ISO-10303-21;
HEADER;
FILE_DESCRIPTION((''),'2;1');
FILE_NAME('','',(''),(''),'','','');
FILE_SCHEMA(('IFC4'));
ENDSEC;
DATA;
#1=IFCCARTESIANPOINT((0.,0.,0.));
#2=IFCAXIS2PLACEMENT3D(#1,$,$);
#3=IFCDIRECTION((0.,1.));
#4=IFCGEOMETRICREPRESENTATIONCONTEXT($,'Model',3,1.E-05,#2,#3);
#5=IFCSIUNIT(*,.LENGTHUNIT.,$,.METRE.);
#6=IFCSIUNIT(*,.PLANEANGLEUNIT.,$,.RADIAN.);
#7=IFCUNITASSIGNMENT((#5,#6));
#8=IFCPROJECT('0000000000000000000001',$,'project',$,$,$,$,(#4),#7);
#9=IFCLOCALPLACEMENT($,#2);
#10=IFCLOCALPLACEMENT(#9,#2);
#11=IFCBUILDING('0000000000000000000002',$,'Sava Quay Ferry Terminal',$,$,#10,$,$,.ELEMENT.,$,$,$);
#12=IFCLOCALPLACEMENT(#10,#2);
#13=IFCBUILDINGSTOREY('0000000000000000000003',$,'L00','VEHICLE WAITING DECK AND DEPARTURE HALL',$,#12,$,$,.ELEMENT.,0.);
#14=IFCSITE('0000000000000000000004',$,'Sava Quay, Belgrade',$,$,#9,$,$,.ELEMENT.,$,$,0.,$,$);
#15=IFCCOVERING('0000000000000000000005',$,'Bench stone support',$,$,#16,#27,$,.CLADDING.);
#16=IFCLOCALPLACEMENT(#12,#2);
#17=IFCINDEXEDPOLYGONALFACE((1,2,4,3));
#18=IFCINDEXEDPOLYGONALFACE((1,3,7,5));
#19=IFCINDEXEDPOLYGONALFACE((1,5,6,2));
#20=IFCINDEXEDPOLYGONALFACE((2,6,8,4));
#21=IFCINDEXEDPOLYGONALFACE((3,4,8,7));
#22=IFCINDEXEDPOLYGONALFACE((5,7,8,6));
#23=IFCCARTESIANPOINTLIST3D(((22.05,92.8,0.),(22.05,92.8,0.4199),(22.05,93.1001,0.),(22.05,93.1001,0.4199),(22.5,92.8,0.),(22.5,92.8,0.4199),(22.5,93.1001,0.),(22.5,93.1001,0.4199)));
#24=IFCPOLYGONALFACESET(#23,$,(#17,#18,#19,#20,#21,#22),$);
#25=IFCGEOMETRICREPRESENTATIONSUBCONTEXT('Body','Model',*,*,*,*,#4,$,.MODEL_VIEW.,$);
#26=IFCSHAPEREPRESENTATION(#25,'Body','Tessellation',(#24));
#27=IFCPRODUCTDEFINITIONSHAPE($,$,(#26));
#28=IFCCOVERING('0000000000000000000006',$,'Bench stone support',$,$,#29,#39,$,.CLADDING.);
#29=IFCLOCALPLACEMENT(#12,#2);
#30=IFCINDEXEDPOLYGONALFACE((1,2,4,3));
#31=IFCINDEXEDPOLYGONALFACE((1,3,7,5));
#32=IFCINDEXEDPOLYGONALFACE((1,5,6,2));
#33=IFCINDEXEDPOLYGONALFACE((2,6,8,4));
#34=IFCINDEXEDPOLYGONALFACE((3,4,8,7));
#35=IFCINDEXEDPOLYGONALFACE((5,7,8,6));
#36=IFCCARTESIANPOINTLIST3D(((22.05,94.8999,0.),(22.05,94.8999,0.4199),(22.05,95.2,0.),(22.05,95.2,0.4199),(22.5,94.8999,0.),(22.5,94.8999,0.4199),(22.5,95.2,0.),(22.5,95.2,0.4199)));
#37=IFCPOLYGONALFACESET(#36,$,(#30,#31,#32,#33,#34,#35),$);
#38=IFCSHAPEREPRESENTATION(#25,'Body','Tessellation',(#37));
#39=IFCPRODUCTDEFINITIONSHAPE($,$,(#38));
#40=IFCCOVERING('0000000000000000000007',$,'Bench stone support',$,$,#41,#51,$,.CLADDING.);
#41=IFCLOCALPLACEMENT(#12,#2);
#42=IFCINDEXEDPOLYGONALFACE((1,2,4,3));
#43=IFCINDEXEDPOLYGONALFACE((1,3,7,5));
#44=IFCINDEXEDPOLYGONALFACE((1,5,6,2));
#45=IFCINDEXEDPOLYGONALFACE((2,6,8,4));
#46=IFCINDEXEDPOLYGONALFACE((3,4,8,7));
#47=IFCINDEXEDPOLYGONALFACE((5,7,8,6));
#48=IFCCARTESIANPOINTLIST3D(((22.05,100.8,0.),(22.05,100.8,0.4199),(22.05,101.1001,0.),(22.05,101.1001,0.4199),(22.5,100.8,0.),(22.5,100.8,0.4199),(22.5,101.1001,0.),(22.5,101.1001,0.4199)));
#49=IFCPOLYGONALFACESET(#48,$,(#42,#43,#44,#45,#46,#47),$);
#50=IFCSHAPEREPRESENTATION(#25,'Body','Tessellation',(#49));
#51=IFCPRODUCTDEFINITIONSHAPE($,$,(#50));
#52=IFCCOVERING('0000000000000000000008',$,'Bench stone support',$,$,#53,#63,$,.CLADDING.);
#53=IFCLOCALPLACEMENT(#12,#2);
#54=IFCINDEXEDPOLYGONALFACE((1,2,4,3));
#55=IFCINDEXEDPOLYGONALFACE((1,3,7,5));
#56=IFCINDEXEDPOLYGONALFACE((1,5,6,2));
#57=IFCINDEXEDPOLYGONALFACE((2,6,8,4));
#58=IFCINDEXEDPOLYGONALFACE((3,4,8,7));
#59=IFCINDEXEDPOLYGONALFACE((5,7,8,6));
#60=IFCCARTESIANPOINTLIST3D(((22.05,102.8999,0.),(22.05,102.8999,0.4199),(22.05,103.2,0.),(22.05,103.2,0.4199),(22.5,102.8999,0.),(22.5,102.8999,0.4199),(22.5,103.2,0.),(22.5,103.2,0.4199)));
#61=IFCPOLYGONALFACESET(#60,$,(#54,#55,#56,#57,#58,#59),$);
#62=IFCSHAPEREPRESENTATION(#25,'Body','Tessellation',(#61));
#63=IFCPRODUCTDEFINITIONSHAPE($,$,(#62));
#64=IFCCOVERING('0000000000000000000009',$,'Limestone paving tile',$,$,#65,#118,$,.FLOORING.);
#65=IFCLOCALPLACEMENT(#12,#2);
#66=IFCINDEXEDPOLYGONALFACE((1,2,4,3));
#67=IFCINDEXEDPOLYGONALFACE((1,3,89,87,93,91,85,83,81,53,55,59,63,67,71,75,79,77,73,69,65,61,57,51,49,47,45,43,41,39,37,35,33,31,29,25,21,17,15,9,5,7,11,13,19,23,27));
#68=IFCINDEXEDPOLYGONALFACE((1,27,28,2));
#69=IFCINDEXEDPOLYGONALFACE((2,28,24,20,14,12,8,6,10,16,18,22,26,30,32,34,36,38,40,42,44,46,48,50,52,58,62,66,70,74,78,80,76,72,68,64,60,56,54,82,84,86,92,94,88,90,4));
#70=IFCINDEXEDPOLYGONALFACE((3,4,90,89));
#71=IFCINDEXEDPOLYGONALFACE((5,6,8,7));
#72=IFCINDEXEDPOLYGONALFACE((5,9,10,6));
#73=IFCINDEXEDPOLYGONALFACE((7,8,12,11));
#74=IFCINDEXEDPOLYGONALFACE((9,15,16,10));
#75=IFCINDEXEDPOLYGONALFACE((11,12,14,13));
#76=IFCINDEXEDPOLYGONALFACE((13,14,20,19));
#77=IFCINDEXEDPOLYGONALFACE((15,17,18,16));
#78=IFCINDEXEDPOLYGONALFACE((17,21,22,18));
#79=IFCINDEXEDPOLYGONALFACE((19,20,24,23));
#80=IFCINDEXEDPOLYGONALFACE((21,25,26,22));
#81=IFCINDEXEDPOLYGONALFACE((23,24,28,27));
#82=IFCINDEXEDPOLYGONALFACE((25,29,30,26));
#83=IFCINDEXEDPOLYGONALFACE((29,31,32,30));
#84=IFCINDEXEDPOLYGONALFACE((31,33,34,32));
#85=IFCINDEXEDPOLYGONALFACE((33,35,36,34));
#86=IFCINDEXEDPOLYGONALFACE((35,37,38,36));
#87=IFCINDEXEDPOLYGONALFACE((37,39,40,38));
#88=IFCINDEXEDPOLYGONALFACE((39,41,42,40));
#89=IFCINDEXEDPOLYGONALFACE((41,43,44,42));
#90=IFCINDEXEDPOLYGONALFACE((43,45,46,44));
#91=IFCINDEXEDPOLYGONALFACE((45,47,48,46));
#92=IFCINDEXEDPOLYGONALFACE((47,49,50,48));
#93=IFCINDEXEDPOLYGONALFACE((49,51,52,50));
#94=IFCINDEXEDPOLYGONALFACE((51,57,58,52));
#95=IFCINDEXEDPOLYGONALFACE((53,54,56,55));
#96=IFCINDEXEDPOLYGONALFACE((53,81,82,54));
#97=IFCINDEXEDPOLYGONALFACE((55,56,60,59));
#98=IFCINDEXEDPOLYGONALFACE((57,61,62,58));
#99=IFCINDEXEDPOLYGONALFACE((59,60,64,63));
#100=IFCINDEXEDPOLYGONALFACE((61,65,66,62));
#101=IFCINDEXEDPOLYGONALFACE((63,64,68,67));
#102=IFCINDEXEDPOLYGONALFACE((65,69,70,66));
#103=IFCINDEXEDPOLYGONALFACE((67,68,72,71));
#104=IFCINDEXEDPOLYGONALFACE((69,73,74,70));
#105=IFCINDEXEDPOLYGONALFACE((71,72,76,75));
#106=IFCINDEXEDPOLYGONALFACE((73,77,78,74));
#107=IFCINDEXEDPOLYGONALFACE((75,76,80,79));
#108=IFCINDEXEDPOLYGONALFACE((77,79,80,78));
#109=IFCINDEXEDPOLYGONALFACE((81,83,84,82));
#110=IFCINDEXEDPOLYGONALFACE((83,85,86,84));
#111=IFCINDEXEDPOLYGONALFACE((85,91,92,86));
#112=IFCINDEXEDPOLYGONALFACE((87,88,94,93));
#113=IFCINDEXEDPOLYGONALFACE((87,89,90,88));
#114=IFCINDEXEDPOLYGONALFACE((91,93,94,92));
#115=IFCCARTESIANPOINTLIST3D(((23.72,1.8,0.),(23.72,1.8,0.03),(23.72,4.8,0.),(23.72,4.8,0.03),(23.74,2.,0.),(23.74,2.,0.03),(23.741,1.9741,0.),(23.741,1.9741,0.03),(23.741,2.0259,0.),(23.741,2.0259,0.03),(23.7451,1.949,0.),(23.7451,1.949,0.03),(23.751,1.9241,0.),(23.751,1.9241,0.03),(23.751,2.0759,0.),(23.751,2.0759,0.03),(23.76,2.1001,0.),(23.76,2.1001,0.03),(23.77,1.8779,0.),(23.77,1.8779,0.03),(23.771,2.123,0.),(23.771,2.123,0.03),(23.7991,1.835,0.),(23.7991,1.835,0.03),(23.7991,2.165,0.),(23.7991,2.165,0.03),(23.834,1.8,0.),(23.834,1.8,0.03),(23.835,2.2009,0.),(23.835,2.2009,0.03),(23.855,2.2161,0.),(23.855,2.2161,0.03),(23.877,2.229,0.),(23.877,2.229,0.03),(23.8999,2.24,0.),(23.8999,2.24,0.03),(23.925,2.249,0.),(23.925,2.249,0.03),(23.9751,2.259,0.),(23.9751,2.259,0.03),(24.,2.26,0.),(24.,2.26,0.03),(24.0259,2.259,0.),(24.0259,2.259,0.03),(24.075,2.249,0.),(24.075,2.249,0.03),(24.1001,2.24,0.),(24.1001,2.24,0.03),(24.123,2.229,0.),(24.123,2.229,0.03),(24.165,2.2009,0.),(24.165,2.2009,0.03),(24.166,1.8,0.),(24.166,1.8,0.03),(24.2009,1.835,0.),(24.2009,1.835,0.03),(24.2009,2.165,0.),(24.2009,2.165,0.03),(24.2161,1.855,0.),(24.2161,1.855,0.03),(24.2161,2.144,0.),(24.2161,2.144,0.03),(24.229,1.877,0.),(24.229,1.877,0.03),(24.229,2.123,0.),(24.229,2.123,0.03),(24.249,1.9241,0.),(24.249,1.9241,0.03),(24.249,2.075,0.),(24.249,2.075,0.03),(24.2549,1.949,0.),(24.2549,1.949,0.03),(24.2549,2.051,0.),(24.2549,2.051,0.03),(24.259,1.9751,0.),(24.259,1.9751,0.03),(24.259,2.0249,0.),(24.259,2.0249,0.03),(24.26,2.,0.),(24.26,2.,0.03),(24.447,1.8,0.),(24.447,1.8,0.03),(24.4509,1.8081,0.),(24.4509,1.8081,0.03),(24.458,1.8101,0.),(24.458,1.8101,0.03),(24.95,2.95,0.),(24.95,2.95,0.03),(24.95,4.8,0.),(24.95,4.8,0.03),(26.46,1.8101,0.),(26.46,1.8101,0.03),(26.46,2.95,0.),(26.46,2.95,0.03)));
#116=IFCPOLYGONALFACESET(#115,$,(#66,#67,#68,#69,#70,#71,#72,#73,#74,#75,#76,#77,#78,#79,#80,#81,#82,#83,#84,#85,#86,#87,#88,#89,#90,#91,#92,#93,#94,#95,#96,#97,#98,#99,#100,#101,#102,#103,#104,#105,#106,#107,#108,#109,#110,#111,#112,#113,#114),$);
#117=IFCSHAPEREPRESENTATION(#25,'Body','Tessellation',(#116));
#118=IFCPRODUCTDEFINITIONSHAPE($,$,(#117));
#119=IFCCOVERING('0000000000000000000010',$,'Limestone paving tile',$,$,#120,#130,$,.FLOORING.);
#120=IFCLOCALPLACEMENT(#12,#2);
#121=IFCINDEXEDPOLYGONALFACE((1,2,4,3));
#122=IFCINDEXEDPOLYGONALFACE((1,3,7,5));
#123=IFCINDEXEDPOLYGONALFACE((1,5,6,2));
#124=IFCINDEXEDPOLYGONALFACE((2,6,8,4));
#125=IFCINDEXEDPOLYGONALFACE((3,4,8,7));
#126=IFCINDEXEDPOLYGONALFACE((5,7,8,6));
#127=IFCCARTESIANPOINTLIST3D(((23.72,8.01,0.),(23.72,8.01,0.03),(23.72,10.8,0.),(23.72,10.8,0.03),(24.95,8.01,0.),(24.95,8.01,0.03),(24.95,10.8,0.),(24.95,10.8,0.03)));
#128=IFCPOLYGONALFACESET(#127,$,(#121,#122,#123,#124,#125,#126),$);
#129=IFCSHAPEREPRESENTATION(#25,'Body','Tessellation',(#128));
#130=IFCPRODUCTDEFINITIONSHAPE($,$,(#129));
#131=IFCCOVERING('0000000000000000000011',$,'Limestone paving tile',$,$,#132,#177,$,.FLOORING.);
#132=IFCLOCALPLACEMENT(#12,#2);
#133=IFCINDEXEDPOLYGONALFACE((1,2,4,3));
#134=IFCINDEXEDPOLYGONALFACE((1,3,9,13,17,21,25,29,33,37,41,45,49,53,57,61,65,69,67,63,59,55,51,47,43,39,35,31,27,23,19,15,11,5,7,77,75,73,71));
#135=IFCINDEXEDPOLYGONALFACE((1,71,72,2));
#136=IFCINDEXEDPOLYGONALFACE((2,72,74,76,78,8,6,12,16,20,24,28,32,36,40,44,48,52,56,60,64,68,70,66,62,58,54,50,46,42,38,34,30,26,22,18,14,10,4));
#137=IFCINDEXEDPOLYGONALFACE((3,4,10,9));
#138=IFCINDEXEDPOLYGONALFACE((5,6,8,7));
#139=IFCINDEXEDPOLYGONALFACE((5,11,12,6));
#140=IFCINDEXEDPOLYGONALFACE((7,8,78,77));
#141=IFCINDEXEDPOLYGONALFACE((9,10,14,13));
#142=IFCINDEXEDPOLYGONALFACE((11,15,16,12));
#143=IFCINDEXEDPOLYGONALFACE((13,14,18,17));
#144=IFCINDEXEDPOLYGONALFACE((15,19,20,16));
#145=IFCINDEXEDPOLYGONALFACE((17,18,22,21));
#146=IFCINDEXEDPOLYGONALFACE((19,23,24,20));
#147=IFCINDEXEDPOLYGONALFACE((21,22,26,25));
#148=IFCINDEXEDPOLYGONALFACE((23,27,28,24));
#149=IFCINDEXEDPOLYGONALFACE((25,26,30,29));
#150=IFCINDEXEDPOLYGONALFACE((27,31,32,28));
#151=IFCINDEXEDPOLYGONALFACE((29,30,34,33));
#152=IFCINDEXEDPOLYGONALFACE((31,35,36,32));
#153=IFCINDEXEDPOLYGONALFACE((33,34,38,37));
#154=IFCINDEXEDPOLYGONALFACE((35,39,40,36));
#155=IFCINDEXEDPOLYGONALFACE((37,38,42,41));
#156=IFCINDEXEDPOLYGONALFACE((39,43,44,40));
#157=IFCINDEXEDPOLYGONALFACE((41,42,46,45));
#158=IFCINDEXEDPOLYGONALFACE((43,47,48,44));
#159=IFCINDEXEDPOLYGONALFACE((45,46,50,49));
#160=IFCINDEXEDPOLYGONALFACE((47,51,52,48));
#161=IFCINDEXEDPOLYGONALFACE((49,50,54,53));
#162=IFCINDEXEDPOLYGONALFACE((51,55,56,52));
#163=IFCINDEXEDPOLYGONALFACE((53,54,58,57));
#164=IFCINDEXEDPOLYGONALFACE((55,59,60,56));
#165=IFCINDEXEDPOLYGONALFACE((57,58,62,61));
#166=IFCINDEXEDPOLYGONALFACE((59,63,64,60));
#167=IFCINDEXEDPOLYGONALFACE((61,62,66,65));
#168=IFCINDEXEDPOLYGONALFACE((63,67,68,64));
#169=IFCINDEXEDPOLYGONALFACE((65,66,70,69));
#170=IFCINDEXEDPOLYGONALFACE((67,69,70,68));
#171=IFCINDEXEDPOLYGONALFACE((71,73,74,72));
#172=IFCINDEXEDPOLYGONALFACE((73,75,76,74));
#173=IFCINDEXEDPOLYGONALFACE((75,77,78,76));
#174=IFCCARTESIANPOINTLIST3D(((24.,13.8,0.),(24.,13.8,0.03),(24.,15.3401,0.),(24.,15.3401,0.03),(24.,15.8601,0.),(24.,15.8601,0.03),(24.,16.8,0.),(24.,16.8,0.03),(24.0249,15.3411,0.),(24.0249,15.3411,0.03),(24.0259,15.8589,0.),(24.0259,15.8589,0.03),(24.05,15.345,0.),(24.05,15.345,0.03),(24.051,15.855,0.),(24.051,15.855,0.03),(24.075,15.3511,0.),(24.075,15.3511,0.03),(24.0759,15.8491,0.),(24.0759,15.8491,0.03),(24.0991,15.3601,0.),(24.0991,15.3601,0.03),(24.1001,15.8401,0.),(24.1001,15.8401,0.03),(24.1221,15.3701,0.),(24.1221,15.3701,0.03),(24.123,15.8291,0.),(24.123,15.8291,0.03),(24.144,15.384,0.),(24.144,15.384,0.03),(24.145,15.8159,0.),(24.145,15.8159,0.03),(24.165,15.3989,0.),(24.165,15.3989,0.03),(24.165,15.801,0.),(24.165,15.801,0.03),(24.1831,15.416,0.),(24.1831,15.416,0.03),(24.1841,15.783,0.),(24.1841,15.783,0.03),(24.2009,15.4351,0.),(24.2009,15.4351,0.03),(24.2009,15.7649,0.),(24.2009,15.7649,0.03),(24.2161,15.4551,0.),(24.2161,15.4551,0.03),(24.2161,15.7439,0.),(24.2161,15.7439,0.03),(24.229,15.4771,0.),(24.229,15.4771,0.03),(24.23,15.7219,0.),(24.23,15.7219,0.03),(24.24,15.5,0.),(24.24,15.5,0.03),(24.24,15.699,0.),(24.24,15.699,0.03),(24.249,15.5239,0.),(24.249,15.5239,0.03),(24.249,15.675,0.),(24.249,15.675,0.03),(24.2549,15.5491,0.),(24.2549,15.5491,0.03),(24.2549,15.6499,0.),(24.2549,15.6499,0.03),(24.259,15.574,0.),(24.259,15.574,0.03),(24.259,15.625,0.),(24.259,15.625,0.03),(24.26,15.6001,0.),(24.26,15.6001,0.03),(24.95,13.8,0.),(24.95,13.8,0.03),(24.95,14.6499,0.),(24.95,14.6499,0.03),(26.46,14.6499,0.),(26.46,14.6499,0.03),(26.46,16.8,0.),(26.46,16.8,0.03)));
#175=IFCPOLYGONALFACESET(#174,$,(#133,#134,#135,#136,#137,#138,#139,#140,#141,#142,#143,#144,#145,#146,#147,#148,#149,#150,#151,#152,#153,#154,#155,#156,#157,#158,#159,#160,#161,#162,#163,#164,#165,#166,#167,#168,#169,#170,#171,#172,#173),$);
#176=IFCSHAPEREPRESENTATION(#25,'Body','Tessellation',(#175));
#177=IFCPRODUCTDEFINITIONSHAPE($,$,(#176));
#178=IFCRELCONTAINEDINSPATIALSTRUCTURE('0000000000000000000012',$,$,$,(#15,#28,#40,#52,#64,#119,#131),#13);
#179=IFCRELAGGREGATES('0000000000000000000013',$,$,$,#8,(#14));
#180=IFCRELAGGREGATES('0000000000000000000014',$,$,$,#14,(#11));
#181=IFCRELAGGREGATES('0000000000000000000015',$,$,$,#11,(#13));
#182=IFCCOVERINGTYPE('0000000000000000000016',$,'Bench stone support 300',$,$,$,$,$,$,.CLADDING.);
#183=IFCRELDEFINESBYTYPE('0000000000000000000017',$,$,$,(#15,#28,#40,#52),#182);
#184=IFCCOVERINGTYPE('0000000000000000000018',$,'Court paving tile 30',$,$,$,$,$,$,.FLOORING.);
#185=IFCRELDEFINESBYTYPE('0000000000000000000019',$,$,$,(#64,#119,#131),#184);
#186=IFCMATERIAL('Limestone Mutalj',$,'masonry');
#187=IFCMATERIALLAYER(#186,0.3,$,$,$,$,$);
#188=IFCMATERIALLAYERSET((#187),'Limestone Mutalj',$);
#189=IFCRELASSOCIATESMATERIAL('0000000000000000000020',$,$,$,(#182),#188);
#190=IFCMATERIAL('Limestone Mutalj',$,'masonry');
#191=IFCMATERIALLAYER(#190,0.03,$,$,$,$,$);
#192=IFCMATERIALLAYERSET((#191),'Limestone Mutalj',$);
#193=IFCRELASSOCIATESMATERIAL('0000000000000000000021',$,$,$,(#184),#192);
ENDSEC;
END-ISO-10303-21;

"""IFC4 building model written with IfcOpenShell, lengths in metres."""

from ifc_helpers import new_model, si_unit, direction, origin, place, context, subcontext, project, spatial, polyline, outline, extrude, material, layer, layer_set, type_object, element, save


model = new_model("IFC4")

# Units and contexts
model_context = context("Model", 3, precision=1e-05, world=origin(), true_north=direction((0.0, 1.0)))
body_context = subcontext(model_context, "Body", "Model", "MODEL_VIEW")
ifc_project = project(units=[si_unit("LENGTHUNIT", "METRE"), si_unit("PLANEANGLEUNIT", "RADIAN")], contexts=[model_context])

# Site, building, storey
site_placement = place(None, origin())
site = spatial("IfcSite", under=ifc_project, at=site_placement, Name="Sava Quay, Belgrade", CompositionType="ELEMENT", RefElevation=0.0)
building_placement = place(site_placement, origin())
building = spatial("IfcBuilding", under=site, at=building_placement, Name="Sava Quay Ferry Terminal", CompositionType="ELEMENT")
storey_placement = place(building_placement, origin())
storey = spatial("IfcBuildingStorey", under=building, at=storey_placement, Name="L00", Description="VEHICLE WAITING DECK AND DEPARTURE HALL", CompositionType="ELEMENT", Elevation=0.0)

# Coverings
ifc_material_1 = material(Name="Limestone Mutalj", Category="masonry")
ifc_layer_1 = layer(ifc_material_1, 0.3)
ifc_layer_set_1 = layer_set([ifc_layer_1], Name="Limestone Mutalj")
covering_type_1 = type_object("IfcCoveringType", Name="Bench stone support 300", PredefinedType="CLADDING", material=ifc_layer_set_1)
covering_1_placement = place(storey_placement, origin())
element("IfcCovering", 1, at=covering_1_placement, inside=storey, type_object=covering_type_1, Name="Bench stone support", PredefinedType="CLADDING", context=body_context, shape_type="SweptSolid", body=[
    extrude(outline(polyline([(22.5, 92.8), (22.5, 93.1001), (22.05, 93.1001), (22.05, 92.8), (22.5, 92.8)])), origin(), (0.0, 0.0, 1.0), 0.4199),
])
covering_2_placement = place(storey_placement, origin())
element("IfcCovering", 2, at=covering_2_placement, inside=storey, type_object=covering_type_1, Name="Bench stone support", PredefinedType="CLADDING", context=body_context, shape_type="SweptSolid", body=[
    extrude(outline(polyline([(22.5, 94.8999), (22.5, 95.2), (22.05, 95.2), (22.05, 94.8999), (22.5, 94.8999)])), origin(), (0.0, 0.0, 1.0), 0.4199),
])
covering_3_placement = place(storey_placement, origin())
element("IfcCovering", 3, at=covering_3_placement, inside=storey, type_object=covering_type_1, Name="Bench stone support", PredefinedType="CLADDING", context=body_context, shape_type="SweptSolid", body=[
    extrude(outline(polyline([(22.5, 100.8), (22.5, 101.1001), (22.05, 101.1001), (22.05, 100.8), (22.5, 100.8)])), origin(), (0.0, 0.0, 1.0), 0.4199),
])
covering_4_placement = place(storey_placement, origin())
element("IfcCovering", 4, at=covering_4_placement, inside=storey, type_object=covering_type_1, Name="Bench stone support", PredefinedType="CLADDING", context=body_context, shape_type="SweptSolid", body=[
    extrude(outline(polyline([(22.5, 102.8999), (22.5, 103.2), (22.05, 103.2), (22.05, 102.8999), (22.5, 102.8999)])), origin(), (0.0, 0.0, 1.0), 0.4199),
])
ifc_material_2 = material(Name="Limestone Mutalj", Category="masonry")
ifc_layer_2 = layer(ifc_material_2, 0.03)
ifc_layer_set_2 = layer_set([ifc_layer_2], Name="Limestone Mutalj")
covering_type_2 = type_object("IfcCoveringType", Name="Court paving tile 30", PredefinedType="FLOORING", material=ifc_layer_set_2)
covering_5_placement = place(storey_placement, origin())
element("IfcCovering", 5, at=covering_5_placement, inside=storey, type_object=covering_type_2, Name="Limestone paving tile", PredefinedType="FLOORING", context=body_context, shape_type="SweptSolid", body=[
    extrude(outline(polyline([(24.458, 1.8101), (26.46, 1.8101), (26.46, 2.95), (24.95, 2.95), (24.95, 4.8), (23.72, 4.8), (23.72, 1.8), (23.834, 1.8), (23.7991, 1.835), (23.77, 1.8779), (23.751, 1.9241), (23.7451, 1.949), (23.741, 1.9741), (23.74, 2.0), (23.741, 2.0259), (23.751, 2.0759), (23.76, 2.1001), (23.771, 2.123), (23.7991, 2.165), (23.835, 2.2009), (23.855, 2.2161), (23.877, 2.229), (23.8999, 2.24), (23.925, 2.249), (23.9751, 2.259), (24.0, 2.26), (24.0259, 2.259), (24.075, 2.249), (24.1001, 2.24), (24.123, 2.229), (24.165, 2.2009), (24.2009, 2.165), (24.2161, 2.144), (24.229, 2.123), (24.249, 2.075), (24.2549, 2.051), (24.259, 2.0249), (24.26, 2.0), (24.259, 1.9751), (24.2549, 1.949), (24.249, 1.9241), (24.229, 1.877), (24.2161, 1.855), (24.2009, 1.835), (24.166, 1.8), (24.447, 1.8), (24.4509, 1.8081), (24.458, 1.8101)])), origin(), (0.0, 0.0, 1.0), 0.03),
])
covering_6_placement = place(storey_placement, origin())
element("IfcCovering", 6, at=covering_6_placement, inside=storey, type_object=covering_type_2, Name="Limestone paving tile", PredefinedType="FLOORING", context=body_context, shape_type="SweptSolid", body=[
    extrude(outline(polyline([(24.95, 10.8), (23.72, 10.8), (23.72, 8.01), (24.95, 8.01), (24.95, 10.8)])), origin(), (0.0, 0.0, 1.0), 0.03),
])
covering_7_placement = place(storey_placement, origin())
element("IfcCovering", 7, at=covering_7_placement, inside=storey, type_object=covering_type_2, Name="Limestone paving tile", PredefinedType="FLOORING", context=body_context, shape_type="SweptSolid", body=[
    extrude(outline(polyline([(26.46, 14.6499), (26.46, 16.8), (24.0, 16.8), (24.0, 15.8601), (24.0259, 15.8589), (24.051, 15.855), (24.0759, 15.8491), (24.1001, 15.8401), (24.123, 15.8291), (24.145, 15.8159), (24.165, 15.801), (24.1841, 15.783), (24.2009, 15.7649), (24.2161, 15.7439), (24.23, 15.7219), (24.24, 15.699), (24.249, 15.675), (24.2549, 15.6499), (24.259, 15.625), (24.26, 15.6001), (24.259, 15.574), (24.2549, 15.5491), (24.249, 15.5239), (24.24, 15.5), (24.229, 15.4771), (24.2161, 15.4551), (24.2009, 15.4351), (24.1831, 15.416), (24.165, 15.3989), (24.144, 15.384), (24.1221, 15.3701), (24.0991, 15.3601), (24.075, 15.3511), (24.05, 15.345), (24.0249, 15.3411), (24.0, 15.3401), (24.0, 13.8), (24.95, 13.8), (24.95, 14.6499), (26.46, 14.6499)])), origin(), (0.0, 0.0, 1.0), 0.03),
])

save(model, "model.ifc")
